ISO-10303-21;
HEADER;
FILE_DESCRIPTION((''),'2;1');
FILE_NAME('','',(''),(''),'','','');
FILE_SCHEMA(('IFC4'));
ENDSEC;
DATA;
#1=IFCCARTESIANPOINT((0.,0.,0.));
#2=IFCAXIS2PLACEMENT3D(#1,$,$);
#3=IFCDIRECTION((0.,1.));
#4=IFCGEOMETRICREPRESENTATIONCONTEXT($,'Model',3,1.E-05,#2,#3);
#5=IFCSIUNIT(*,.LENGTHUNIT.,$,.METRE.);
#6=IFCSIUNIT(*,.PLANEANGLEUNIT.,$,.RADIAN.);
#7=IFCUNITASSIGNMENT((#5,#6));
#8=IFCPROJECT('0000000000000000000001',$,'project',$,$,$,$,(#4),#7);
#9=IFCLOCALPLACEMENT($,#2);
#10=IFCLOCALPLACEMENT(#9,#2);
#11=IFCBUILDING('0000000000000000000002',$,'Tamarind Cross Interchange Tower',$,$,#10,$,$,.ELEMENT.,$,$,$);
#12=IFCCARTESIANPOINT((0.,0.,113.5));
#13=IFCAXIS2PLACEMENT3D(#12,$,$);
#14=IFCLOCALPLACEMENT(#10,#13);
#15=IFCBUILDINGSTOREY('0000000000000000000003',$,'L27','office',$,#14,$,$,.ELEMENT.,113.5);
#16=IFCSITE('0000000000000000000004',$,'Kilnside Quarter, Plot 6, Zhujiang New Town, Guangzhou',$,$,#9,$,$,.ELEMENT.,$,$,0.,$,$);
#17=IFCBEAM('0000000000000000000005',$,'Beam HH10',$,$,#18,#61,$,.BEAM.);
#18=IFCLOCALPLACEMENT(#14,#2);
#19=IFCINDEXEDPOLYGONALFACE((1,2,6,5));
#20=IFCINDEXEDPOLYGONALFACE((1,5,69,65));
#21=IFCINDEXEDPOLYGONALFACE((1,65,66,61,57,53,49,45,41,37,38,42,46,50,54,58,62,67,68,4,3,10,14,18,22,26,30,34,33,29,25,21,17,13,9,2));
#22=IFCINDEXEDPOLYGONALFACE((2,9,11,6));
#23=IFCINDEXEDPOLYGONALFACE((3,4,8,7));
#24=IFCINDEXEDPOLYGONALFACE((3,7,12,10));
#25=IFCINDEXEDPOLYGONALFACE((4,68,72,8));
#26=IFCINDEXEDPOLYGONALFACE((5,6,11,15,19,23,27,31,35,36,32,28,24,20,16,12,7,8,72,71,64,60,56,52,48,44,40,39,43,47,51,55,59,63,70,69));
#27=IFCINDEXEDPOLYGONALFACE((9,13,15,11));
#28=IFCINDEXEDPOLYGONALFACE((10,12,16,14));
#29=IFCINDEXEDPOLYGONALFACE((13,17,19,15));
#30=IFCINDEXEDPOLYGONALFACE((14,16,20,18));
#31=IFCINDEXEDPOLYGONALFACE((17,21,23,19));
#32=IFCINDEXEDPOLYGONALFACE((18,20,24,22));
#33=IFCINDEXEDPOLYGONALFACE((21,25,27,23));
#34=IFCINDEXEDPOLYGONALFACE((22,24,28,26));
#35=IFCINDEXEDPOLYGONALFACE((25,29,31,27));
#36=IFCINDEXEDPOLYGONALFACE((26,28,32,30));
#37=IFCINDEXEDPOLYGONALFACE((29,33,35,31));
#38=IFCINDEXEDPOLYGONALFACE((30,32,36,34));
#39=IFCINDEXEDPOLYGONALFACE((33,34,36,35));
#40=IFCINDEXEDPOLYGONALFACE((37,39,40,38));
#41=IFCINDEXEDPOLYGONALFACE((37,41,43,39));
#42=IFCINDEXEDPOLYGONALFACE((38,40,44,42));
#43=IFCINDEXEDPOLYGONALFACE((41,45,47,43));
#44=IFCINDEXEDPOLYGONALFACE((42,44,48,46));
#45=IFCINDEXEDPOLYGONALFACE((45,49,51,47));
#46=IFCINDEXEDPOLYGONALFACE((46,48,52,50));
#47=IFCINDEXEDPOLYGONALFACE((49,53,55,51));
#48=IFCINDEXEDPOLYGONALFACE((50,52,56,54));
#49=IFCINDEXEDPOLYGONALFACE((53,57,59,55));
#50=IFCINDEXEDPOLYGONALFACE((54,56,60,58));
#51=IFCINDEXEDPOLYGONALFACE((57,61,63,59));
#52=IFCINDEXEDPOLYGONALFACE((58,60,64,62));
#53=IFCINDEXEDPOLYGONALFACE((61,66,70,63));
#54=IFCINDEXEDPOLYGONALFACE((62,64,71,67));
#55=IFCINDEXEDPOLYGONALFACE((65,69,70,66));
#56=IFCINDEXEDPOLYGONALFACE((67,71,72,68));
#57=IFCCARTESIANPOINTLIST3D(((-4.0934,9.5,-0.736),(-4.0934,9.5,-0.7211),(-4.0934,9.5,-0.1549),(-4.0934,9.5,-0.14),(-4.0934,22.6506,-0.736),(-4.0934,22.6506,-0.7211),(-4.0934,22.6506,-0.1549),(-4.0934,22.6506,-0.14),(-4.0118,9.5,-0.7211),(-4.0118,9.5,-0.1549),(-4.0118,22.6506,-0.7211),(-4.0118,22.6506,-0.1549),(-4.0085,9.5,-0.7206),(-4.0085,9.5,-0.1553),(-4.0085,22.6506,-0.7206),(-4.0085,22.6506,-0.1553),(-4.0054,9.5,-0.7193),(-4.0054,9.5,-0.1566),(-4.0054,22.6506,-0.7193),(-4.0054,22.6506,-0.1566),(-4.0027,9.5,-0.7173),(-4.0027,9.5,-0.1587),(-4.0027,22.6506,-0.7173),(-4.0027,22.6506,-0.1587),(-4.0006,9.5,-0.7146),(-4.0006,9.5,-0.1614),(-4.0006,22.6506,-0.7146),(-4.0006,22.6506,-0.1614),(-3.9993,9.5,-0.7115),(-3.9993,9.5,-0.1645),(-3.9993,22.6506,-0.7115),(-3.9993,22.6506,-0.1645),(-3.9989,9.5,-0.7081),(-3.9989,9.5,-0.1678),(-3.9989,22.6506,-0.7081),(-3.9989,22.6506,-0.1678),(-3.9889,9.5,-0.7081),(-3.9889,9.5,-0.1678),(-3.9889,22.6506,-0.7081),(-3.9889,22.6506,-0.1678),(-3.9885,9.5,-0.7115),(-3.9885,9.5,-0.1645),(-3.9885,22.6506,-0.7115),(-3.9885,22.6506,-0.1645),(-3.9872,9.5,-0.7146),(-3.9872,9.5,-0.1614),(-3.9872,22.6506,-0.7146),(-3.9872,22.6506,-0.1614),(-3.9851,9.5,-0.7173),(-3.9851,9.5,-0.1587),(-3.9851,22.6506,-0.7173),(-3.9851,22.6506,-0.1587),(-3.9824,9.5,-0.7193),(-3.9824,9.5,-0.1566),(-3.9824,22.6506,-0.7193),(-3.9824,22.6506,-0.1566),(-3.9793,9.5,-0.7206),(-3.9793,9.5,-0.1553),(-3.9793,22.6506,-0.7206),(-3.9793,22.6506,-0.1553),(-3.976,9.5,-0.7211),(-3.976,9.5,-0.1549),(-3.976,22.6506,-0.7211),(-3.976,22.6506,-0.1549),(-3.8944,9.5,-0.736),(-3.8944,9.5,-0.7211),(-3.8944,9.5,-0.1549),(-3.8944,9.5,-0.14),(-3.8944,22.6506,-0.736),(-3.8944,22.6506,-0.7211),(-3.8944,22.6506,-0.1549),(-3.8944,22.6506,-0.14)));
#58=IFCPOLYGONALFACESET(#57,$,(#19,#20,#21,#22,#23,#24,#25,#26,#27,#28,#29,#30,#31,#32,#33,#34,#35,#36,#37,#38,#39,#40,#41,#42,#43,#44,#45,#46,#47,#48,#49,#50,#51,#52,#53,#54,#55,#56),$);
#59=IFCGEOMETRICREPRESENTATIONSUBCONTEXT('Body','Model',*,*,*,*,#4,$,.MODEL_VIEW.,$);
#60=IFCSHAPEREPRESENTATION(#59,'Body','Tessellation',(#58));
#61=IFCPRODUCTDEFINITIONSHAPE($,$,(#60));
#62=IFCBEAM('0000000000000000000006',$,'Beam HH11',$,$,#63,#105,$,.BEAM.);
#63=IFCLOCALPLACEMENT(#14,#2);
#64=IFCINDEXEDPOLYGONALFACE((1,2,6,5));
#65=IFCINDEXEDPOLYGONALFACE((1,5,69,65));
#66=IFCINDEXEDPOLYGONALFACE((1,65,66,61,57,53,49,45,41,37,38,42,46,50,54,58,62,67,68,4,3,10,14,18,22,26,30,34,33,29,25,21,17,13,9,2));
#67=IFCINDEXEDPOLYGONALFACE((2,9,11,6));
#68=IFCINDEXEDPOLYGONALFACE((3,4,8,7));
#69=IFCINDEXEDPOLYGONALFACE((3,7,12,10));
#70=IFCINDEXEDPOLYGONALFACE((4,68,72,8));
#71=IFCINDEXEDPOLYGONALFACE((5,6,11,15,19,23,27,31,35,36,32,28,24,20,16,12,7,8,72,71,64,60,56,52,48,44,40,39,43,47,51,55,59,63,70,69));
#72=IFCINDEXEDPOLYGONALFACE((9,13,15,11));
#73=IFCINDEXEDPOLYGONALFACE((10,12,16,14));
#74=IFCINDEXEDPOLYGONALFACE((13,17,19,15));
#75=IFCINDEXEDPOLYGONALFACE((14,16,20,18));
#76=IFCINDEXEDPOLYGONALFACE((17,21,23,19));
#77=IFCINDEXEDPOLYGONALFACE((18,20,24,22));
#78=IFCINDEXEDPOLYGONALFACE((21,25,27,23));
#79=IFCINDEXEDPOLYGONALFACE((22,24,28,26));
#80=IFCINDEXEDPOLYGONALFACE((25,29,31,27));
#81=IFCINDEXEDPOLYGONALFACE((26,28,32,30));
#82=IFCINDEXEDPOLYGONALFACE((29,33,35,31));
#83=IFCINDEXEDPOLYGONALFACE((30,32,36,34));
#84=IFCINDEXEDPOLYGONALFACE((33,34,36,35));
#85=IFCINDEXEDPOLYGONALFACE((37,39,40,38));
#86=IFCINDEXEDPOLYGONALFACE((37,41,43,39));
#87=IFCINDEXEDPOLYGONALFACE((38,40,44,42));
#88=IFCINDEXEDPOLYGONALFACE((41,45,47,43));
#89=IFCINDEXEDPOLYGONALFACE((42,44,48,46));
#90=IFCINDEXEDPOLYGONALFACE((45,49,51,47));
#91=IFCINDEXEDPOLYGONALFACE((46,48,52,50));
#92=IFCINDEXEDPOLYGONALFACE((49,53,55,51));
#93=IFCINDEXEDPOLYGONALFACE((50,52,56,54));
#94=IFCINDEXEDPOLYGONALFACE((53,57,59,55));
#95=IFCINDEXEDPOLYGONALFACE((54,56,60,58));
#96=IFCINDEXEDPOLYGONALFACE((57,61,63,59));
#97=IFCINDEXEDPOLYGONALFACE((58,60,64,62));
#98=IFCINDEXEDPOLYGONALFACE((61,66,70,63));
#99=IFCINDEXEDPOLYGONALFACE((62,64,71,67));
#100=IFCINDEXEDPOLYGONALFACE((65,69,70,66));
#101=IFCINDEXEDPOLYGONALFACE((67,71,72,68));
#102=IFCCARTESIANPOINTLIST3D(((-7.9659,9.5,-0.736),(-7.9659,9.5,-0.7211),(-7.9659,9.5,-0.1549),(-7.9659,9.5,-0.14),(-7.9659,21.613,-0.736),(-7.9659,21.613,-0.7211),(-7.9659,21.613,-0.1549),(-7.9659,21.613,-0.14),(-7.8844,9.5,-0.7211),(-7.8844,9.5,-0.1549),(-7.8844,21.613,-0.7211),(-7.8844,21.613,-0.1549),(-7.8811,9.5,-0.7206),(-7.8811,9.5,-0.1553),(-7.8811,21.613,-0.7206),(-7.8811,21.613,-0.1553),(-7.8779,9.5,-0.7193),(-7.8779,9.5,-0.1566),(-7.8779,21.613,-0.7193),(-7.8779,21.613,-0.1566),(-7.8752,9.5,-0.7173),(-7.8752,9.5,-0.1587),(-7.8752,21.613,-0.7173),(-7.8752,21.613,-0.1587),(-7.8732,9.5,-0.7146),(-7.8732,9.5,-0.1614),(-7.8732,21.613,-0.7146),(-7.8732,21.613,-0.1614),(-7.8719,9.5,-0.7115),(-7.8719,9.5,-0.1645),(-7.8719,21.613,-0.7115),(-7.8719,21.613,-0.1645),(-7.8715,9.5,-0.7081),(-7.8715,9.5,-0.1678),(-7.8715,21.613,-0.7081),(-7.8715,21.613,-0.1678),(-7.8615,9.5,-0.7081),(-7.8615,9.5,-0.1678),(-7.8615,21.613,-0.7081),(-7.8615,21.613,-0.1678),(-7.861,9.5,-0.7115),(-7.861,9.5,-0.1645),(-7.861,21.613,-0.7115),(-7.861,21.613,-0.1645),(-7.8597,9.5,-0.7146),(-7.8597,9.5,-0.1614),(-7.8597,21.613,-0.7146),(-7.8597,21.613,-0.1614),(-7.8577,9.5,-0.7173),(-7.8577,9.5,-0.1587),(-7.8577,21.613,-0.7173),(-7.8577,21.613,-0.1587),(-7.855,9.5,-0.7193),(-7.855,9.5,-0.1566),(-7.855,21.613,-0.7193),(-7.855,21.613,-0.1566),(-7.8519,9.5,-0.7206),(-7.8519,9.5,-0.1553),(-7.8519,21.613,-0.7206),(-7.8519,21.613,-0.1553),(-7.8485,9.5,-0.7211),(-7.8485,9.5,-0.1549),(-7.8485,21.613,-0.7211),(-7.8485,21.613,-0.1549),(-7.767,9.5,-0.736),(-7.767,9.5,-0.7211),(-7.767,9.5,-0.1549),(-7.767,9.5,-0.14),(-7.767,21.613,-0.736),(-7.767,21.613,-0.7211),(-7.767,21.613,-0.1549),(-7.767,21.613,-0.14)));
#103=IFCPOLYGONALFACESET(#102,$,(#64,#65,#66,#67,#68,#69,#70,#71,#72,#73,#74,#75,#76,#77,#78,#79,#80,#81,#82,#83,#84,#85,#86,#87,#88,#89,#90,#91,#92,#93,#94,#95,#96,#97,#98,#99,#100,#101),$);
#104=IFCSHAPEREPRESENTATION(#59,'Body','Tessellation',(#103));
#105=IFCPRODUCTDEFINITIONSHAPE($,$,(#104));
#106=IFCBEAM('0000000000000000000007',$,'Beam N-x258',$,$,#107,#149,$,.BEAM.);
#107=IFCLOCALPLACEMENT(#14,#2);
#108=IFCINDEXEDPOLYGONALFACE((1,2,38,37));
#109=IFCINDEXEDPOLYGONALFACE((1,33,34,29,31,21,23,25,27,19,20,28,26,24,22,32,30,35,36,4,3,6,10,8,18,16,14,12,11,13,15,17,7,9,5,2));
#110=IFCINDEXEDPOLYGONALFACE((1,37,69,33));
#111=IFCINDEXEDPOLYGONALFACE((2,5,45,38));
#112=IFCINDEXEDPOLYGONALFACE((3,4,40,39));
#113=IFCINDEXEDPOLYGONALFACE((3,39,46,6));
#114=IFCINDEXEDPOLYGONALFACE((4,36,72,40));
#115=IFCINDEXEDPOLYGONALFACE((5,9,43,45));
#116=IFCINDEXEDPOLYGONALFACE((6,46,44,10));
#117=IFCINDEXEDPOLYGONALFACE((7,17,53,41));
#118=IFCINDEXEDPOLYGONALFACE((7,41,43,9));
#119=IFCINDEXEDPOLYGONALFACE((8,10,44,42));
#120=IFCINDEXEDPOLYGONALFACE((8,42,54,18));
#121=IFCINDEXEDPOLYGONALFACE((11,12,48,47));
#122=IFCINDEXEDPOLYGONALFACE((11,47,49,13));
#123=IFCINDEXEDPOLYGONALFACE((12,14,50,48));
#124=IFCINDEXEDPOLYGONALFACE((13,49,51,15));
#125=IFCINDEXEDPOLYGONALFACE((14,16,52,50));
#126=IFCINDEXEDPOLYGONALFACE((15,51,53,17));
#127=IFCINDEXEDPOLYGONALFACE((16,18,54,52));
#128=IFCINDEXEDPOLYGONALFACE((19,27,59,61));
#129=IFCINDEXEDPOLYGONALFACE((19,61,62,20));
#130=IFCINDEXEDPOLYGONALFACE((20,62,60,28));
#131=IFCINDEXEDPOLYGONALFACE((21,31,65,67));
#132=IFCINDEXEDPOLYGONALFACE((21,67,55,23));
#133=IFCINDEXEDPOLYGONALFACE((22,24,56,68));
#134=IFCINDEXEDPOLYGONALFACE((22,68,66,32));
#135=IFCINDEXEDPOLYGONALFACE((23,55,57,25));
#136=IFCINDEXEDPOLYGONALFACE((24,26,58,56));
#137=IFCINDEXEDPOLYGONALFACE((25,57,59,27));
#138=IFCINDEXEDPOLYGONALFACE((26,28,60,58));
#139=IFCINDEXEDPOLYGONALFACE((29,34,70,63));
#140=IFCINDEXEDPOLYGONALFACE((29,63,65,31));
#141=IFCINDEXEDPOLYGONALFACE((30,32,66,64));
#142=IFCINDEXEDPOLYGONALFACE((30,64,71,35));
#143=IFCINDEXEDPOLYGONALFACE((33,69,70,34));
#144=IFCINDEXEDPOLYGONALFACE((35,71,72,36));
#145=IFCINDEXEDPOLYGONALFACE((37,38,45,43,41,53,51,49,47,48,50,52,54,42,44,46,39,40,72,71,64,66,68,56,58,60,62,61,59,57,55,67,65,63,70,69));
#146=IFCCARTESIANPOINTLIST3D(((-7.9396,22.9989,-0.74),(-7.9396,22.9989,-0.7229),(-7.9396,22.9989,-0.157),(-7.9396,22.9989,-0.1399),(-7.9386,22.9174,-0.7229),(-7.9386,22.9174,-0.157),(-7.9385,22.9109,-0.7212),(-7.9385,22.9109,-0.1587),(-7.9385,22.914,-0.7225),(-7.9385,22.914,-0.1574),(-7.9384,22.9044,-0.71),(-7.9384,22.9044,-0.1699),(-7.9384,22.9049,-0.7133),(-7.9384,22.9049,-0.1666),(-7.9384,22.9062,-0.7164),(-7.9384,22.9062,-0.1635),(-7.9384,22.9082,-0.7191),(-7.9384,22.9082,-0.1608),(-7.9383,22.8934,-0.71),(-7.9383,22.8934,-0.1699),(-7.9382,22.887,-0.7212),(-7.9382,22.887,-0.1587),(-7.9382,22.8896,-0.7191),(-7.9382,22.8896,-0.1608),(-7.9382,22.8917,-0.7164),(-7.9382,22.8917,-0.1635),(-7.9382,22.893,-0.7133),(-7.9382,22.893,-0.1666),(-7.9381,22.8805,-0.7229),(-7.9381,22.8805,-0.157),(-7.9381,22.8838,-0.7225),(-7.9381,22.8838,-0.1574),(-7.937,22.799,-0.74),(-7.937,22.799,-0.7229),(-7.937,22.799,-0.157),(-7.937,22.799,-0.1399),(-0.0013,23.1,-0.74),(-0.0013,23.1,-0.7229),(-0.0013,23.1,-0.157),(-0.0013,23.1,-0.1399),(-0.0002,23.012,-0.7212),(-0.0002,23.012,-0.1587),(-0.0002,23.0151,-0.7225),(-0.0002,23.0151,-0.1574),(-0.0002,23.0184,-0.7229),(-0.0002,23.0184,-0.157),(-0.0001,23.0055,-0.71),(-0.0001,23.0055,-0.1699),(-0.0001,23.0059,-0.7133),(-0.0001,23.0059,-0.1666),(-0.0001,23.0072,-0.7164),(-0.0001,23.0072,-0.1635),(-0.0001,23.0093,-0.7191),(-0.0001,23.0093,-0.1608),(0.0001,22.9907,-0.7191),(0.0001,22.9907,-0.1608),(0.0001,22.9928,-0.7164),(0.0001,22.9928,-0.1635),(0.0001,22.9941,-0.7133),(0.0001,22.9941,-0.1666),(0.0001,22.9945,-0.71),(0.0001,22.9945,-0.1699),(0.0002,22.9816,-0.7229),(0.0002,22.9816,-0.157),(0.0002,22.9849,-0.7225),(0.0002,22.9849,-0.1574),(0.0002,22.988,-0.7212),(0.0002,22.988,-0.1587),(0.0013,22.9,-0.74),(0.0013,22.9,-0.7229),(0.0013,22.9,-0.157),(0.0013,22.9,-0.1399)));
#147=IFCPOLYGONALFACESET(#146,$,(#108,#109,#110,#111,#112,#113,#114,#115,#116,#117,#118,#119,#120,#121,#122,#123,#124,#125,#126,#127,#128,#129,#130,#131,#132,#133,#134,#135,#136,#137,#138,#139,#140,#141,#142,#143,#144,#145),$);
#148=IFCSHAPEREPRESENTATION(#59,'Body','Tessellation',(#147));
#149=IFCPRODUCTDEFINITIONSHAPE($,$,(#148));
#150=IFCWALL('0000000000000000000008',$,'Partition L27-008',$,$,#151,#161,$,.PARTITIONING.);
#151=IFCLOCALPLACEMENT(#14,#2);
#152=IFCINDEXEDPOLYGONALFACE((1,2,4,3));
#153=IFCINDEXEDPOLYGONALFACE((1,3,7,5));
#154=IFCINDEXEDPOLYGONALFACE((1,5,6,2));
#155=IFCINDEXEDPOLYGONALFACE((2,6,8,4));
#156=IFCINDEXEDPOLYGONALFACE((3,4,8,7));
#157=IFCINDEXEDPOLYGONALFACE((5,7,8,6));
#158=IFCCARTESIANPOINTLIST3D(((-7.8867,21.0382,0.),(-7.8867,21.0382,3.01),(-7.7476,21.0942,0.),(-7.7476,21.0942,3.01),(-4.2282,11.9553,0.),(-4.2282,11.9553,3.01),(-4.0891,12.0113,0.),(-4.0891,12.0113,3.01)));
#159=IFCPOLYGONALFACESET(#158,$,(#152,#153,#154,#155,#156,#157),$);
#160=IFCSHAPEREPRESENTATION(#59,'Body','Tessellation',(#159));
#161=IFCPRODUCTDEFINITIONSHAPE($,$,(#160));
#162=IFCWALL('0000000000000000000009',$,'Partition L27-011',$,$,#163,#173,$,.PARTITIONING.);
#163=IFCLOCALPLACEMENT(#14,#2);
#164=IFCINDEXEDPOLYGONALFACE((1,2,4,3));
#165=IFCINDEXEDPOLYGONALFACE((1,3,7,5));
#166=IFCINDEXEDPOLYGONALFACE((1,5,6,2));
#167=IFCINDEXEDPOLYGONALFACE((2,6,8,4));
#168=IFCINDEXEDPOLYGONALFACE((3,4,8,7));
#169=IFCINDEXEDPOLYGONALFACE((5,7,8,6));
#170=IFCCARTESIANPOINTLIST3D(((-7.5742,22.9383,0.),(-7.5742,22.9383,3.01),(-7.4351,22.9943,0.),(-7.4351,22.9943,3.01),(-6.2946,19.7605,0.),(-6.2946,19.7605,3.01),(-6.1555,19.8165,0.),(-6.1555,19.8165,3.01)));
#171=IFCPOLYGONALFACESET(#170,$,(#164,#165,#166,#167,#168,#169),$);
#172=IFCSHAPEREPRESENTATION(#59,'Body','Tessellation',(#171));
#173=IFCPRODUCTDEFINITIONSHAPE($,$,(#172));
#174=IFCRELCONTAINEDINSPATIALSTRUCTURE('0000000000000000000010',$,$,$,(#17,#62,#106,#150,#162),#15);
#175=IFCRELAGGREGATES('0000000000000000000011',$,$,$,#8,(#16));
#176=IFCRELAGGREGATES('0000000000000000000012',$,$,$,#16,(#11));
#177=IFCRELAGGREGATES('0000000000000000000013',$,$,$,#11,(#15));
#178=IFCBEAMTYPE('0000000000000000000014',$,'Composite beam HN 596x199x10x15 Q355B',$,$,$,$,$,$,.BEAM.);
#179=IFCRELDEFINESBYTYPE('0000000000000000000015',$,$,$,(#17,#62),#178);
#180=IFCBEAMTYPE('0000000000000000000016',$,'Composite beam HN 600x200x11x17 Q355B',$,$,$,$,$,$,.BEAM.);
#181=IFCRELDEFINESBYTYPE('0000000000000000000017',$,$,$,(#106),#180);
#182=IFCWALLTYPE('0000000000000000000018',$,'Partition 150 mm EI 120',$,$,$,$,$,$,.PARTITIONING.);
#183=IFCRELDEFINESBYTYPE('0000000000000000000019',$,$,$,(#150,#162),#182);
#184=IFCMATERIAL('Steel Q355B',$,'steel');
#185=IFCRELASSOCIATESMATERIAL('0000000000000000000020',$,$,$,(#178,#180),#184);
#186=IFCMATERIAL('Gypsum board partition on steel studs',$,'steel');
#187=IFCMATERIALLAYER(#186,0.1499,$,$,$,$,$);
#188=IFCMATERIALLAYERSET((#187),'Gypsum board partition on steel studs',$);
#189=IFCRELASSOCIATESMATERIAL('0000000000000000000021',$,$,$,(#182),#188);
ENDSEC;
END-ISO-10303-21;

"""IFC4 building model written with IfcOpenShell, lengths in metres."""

from ifc_helpers import new_model, si_unit, direction, frame, frame_2d, origin, origin_2d, place, context, subcontext, project, spatial, rectangle, i_section, extrude, material, layer, layer_set, material_profile, profile_set, type_object, element, save


model = new_model("IFC4")

# Units and contexts
model_context = context("Model", 3, precision=1e-05, world=origin(), true_north=direction((0.0, 1.0)))
body_context = subcontext(model_context, "Body", "Model", "MODEL_VIEW")
ifc_project = project(units=[si_unit("LENGTHUNIT", "METRE"), si_unit("PLANEANGLEUNIT", "RADIAN")], contexts=[model_context])

# Site, building, storey
site_placement = place(None, origin())
site = spatial("IfcSite", under=ifc_project, at=site_placement, Name="Kilnside Quarter, Plot 6, Zhujiang New Town, Guangzhou", CompositionType="ELEMENT", RefElevation=0.0)
building_placement = place(site_placement, origin())
building = spatial("IfcBuilding", under=site, at=building_placement, Name="Tamarind Cross Interchange Tower", CompositionType="ELEMENT")
storey_placement = place(building_placement, frame((0.0, 0.0, 113.5)))
storey = spatial("IfcBuildingStorey", under=building, at=storey_placement, Name="L27", Description="office", CompositionType="ELEMENT", Elevation=113.5)

# Beams
ifc_material_1 = material(Name="Steel Q355B", Category="steel")
ifc_material_profile_1 = material_profile(ifc_material_1, i_section(OverallWidth=0.199, OverallDepth=0.5959, WebThickness=0.01, FlangeThickness=0.0149, FilletRadius=0.0129, at=origin_2d()), Name="HN 596x199x10x15")
ifc_profile_set_1 = profile_set([ifc_material_profile_1], Name="Steel Q355B")
beam_type_1 = type_object("IfcBeamType", Name="Composite beam HN 596x199x10x15 Q355B", PredefinedType="BEAM", material=ifc_profile_set_1)
beam_1_placement = place(storey_placement, frame((-3.9939, 22.6506, -0.438), z_axis=(0.0, -1.0, 0.0), x_axis=(1.0, 0.0, 0.0)))
element("IfcBeam", 1, at=beam_1_placement, inside=storey, type_object=beam_type_1, Name="Beam HH10", PredefinedType="BEAM", context=body_context, shape_type="SweptSolid", body=[
    extrude(i_section(OverallWidth=0.199, OverallDepth=0.5959, WebThickness=0.01, FlangeThickness=0.0149, FilletRadius=0.0129, at=origin_2d()), origin(), (0.0, 0.0, 1.0), 13.1506),
])
beam_2_placement = place(storey_placement, frame((-7.8665, 21.613, -0.438), z_axis=(0.0, -1.0, 0.0), x_axis=(1.0, 0.0, 0.0)))
element("IfcBeam", 2, at=beam_2_placement, inside=storey, type_object=beam_type_1, Name="Beam HH11", PredefinedType="BEAM", context=body_context, shape_type="SweptSolid", body=[
    extrude(i_section(OverallWidth=0.199, OverallDepth=0.5959, WebThickness=0.01, FlangeThickness=0.0149, FilletRadius=0.0129, at=origin_2d()), origin(), (0.0, 0.0, 1.0), 12.113),
])
ifc_material_profile_2 = material_profile(ifc_material_1, i_section(OverallWidth=0.2, OverallDepth=0.6001, WebThickness=0.011, FlangeThickness=0.0171, FilletRadius=0.0129, at=origin_2d()), Name="HN 600x200x11x17")
ifc_profile_set_2 = profile_set([ifc_material_profile_2], Name="Steel Q355B")
beam_type_2 = type_object("IfcBeamType", Name="Composite beam HN 600x200x11x17 Q355B", PredefinedType="BEAM", material=ifc_profile_set_2)
beam_3_placement = place(storey_placement, frame((0.0, 23.0, -0.4399), z_axis=(-0.999919, -0.012732, 0.0), x_axis=(0.012732, -0.999919, 0.0)))
element("IfcBeam", 3, at=beam_3_placement, inside=storey, type_object=beam_type_2, Name="Beam N-x258", PredefinedType="BEAM", context=body_context, shape_type="SweptSolid", body=[
    extrude(i_section(OverallWidth=0.2, OverallDepth=0.6001, WebThickness=0.011, FlangeThickness=0.0171, FilletRadius=0.0129, at=origin_2d()), origin(), (0.0, 0.0, 1.0), 7.939),
])

# Walls
ifc_material_2 = material(Name="Gypsum board partition on steel studs", Category="steel")
ifc_layer_1 = layer(ifc_material_2, 0.1499)
ifc_layer_set_1 = layer_set([ifc_layer_1], Name="Gypsum board partition on steel studs")
wall_type_1 = type_object("IfcWallType", Name="Partition 150 mm EI 120", PredefinedType="PARTITIONING", material=ifc_layer_set_1)
wall_1_placement = place(storey_placement, frame((-7.8171, 21.0662, 0.0), z_axis=(0.0, 0.0, 1.0), x_axis=(0.373621, -0.927582, 0.0)))
element("IfcWall", 4, at=wall_1_placement, inside=storey, type_object=wall_type_1, Name="Partition L27-008", PredefinedType="PARTITIONING", context=body_context, shape_type="SweptSolid", body=[
    extrude(rectangle(XDim=9.792, YDim=0.1499, at=frame_2d((4.896, 0.0))), origin(), (0.0, 0.0, 1.0), 3.01),
])
wall_2_placement = place(storey_placement, frame((-7.5046, 22.9663, 0.0), z_axis=(0.0, 0.0, 1.0), x_axis=(0.373515, -0.927624, 0.0)))
element("IfcWall", 5, at=wall_2_placement, inside=storey, type_object=wall_type_1, Name="Partition L27-011", PredefinedType="PARTITIONING", context=body_context, shape_type="SweptSolid", body=[
    extrude(rectangle(XDim=3.4258, YDim=0.1499, at=frame_2d((1.7129, 0.0))), origin(), (0.0, 0.0, 1.0), 3.01),
])

save(model, "model.ifc")
